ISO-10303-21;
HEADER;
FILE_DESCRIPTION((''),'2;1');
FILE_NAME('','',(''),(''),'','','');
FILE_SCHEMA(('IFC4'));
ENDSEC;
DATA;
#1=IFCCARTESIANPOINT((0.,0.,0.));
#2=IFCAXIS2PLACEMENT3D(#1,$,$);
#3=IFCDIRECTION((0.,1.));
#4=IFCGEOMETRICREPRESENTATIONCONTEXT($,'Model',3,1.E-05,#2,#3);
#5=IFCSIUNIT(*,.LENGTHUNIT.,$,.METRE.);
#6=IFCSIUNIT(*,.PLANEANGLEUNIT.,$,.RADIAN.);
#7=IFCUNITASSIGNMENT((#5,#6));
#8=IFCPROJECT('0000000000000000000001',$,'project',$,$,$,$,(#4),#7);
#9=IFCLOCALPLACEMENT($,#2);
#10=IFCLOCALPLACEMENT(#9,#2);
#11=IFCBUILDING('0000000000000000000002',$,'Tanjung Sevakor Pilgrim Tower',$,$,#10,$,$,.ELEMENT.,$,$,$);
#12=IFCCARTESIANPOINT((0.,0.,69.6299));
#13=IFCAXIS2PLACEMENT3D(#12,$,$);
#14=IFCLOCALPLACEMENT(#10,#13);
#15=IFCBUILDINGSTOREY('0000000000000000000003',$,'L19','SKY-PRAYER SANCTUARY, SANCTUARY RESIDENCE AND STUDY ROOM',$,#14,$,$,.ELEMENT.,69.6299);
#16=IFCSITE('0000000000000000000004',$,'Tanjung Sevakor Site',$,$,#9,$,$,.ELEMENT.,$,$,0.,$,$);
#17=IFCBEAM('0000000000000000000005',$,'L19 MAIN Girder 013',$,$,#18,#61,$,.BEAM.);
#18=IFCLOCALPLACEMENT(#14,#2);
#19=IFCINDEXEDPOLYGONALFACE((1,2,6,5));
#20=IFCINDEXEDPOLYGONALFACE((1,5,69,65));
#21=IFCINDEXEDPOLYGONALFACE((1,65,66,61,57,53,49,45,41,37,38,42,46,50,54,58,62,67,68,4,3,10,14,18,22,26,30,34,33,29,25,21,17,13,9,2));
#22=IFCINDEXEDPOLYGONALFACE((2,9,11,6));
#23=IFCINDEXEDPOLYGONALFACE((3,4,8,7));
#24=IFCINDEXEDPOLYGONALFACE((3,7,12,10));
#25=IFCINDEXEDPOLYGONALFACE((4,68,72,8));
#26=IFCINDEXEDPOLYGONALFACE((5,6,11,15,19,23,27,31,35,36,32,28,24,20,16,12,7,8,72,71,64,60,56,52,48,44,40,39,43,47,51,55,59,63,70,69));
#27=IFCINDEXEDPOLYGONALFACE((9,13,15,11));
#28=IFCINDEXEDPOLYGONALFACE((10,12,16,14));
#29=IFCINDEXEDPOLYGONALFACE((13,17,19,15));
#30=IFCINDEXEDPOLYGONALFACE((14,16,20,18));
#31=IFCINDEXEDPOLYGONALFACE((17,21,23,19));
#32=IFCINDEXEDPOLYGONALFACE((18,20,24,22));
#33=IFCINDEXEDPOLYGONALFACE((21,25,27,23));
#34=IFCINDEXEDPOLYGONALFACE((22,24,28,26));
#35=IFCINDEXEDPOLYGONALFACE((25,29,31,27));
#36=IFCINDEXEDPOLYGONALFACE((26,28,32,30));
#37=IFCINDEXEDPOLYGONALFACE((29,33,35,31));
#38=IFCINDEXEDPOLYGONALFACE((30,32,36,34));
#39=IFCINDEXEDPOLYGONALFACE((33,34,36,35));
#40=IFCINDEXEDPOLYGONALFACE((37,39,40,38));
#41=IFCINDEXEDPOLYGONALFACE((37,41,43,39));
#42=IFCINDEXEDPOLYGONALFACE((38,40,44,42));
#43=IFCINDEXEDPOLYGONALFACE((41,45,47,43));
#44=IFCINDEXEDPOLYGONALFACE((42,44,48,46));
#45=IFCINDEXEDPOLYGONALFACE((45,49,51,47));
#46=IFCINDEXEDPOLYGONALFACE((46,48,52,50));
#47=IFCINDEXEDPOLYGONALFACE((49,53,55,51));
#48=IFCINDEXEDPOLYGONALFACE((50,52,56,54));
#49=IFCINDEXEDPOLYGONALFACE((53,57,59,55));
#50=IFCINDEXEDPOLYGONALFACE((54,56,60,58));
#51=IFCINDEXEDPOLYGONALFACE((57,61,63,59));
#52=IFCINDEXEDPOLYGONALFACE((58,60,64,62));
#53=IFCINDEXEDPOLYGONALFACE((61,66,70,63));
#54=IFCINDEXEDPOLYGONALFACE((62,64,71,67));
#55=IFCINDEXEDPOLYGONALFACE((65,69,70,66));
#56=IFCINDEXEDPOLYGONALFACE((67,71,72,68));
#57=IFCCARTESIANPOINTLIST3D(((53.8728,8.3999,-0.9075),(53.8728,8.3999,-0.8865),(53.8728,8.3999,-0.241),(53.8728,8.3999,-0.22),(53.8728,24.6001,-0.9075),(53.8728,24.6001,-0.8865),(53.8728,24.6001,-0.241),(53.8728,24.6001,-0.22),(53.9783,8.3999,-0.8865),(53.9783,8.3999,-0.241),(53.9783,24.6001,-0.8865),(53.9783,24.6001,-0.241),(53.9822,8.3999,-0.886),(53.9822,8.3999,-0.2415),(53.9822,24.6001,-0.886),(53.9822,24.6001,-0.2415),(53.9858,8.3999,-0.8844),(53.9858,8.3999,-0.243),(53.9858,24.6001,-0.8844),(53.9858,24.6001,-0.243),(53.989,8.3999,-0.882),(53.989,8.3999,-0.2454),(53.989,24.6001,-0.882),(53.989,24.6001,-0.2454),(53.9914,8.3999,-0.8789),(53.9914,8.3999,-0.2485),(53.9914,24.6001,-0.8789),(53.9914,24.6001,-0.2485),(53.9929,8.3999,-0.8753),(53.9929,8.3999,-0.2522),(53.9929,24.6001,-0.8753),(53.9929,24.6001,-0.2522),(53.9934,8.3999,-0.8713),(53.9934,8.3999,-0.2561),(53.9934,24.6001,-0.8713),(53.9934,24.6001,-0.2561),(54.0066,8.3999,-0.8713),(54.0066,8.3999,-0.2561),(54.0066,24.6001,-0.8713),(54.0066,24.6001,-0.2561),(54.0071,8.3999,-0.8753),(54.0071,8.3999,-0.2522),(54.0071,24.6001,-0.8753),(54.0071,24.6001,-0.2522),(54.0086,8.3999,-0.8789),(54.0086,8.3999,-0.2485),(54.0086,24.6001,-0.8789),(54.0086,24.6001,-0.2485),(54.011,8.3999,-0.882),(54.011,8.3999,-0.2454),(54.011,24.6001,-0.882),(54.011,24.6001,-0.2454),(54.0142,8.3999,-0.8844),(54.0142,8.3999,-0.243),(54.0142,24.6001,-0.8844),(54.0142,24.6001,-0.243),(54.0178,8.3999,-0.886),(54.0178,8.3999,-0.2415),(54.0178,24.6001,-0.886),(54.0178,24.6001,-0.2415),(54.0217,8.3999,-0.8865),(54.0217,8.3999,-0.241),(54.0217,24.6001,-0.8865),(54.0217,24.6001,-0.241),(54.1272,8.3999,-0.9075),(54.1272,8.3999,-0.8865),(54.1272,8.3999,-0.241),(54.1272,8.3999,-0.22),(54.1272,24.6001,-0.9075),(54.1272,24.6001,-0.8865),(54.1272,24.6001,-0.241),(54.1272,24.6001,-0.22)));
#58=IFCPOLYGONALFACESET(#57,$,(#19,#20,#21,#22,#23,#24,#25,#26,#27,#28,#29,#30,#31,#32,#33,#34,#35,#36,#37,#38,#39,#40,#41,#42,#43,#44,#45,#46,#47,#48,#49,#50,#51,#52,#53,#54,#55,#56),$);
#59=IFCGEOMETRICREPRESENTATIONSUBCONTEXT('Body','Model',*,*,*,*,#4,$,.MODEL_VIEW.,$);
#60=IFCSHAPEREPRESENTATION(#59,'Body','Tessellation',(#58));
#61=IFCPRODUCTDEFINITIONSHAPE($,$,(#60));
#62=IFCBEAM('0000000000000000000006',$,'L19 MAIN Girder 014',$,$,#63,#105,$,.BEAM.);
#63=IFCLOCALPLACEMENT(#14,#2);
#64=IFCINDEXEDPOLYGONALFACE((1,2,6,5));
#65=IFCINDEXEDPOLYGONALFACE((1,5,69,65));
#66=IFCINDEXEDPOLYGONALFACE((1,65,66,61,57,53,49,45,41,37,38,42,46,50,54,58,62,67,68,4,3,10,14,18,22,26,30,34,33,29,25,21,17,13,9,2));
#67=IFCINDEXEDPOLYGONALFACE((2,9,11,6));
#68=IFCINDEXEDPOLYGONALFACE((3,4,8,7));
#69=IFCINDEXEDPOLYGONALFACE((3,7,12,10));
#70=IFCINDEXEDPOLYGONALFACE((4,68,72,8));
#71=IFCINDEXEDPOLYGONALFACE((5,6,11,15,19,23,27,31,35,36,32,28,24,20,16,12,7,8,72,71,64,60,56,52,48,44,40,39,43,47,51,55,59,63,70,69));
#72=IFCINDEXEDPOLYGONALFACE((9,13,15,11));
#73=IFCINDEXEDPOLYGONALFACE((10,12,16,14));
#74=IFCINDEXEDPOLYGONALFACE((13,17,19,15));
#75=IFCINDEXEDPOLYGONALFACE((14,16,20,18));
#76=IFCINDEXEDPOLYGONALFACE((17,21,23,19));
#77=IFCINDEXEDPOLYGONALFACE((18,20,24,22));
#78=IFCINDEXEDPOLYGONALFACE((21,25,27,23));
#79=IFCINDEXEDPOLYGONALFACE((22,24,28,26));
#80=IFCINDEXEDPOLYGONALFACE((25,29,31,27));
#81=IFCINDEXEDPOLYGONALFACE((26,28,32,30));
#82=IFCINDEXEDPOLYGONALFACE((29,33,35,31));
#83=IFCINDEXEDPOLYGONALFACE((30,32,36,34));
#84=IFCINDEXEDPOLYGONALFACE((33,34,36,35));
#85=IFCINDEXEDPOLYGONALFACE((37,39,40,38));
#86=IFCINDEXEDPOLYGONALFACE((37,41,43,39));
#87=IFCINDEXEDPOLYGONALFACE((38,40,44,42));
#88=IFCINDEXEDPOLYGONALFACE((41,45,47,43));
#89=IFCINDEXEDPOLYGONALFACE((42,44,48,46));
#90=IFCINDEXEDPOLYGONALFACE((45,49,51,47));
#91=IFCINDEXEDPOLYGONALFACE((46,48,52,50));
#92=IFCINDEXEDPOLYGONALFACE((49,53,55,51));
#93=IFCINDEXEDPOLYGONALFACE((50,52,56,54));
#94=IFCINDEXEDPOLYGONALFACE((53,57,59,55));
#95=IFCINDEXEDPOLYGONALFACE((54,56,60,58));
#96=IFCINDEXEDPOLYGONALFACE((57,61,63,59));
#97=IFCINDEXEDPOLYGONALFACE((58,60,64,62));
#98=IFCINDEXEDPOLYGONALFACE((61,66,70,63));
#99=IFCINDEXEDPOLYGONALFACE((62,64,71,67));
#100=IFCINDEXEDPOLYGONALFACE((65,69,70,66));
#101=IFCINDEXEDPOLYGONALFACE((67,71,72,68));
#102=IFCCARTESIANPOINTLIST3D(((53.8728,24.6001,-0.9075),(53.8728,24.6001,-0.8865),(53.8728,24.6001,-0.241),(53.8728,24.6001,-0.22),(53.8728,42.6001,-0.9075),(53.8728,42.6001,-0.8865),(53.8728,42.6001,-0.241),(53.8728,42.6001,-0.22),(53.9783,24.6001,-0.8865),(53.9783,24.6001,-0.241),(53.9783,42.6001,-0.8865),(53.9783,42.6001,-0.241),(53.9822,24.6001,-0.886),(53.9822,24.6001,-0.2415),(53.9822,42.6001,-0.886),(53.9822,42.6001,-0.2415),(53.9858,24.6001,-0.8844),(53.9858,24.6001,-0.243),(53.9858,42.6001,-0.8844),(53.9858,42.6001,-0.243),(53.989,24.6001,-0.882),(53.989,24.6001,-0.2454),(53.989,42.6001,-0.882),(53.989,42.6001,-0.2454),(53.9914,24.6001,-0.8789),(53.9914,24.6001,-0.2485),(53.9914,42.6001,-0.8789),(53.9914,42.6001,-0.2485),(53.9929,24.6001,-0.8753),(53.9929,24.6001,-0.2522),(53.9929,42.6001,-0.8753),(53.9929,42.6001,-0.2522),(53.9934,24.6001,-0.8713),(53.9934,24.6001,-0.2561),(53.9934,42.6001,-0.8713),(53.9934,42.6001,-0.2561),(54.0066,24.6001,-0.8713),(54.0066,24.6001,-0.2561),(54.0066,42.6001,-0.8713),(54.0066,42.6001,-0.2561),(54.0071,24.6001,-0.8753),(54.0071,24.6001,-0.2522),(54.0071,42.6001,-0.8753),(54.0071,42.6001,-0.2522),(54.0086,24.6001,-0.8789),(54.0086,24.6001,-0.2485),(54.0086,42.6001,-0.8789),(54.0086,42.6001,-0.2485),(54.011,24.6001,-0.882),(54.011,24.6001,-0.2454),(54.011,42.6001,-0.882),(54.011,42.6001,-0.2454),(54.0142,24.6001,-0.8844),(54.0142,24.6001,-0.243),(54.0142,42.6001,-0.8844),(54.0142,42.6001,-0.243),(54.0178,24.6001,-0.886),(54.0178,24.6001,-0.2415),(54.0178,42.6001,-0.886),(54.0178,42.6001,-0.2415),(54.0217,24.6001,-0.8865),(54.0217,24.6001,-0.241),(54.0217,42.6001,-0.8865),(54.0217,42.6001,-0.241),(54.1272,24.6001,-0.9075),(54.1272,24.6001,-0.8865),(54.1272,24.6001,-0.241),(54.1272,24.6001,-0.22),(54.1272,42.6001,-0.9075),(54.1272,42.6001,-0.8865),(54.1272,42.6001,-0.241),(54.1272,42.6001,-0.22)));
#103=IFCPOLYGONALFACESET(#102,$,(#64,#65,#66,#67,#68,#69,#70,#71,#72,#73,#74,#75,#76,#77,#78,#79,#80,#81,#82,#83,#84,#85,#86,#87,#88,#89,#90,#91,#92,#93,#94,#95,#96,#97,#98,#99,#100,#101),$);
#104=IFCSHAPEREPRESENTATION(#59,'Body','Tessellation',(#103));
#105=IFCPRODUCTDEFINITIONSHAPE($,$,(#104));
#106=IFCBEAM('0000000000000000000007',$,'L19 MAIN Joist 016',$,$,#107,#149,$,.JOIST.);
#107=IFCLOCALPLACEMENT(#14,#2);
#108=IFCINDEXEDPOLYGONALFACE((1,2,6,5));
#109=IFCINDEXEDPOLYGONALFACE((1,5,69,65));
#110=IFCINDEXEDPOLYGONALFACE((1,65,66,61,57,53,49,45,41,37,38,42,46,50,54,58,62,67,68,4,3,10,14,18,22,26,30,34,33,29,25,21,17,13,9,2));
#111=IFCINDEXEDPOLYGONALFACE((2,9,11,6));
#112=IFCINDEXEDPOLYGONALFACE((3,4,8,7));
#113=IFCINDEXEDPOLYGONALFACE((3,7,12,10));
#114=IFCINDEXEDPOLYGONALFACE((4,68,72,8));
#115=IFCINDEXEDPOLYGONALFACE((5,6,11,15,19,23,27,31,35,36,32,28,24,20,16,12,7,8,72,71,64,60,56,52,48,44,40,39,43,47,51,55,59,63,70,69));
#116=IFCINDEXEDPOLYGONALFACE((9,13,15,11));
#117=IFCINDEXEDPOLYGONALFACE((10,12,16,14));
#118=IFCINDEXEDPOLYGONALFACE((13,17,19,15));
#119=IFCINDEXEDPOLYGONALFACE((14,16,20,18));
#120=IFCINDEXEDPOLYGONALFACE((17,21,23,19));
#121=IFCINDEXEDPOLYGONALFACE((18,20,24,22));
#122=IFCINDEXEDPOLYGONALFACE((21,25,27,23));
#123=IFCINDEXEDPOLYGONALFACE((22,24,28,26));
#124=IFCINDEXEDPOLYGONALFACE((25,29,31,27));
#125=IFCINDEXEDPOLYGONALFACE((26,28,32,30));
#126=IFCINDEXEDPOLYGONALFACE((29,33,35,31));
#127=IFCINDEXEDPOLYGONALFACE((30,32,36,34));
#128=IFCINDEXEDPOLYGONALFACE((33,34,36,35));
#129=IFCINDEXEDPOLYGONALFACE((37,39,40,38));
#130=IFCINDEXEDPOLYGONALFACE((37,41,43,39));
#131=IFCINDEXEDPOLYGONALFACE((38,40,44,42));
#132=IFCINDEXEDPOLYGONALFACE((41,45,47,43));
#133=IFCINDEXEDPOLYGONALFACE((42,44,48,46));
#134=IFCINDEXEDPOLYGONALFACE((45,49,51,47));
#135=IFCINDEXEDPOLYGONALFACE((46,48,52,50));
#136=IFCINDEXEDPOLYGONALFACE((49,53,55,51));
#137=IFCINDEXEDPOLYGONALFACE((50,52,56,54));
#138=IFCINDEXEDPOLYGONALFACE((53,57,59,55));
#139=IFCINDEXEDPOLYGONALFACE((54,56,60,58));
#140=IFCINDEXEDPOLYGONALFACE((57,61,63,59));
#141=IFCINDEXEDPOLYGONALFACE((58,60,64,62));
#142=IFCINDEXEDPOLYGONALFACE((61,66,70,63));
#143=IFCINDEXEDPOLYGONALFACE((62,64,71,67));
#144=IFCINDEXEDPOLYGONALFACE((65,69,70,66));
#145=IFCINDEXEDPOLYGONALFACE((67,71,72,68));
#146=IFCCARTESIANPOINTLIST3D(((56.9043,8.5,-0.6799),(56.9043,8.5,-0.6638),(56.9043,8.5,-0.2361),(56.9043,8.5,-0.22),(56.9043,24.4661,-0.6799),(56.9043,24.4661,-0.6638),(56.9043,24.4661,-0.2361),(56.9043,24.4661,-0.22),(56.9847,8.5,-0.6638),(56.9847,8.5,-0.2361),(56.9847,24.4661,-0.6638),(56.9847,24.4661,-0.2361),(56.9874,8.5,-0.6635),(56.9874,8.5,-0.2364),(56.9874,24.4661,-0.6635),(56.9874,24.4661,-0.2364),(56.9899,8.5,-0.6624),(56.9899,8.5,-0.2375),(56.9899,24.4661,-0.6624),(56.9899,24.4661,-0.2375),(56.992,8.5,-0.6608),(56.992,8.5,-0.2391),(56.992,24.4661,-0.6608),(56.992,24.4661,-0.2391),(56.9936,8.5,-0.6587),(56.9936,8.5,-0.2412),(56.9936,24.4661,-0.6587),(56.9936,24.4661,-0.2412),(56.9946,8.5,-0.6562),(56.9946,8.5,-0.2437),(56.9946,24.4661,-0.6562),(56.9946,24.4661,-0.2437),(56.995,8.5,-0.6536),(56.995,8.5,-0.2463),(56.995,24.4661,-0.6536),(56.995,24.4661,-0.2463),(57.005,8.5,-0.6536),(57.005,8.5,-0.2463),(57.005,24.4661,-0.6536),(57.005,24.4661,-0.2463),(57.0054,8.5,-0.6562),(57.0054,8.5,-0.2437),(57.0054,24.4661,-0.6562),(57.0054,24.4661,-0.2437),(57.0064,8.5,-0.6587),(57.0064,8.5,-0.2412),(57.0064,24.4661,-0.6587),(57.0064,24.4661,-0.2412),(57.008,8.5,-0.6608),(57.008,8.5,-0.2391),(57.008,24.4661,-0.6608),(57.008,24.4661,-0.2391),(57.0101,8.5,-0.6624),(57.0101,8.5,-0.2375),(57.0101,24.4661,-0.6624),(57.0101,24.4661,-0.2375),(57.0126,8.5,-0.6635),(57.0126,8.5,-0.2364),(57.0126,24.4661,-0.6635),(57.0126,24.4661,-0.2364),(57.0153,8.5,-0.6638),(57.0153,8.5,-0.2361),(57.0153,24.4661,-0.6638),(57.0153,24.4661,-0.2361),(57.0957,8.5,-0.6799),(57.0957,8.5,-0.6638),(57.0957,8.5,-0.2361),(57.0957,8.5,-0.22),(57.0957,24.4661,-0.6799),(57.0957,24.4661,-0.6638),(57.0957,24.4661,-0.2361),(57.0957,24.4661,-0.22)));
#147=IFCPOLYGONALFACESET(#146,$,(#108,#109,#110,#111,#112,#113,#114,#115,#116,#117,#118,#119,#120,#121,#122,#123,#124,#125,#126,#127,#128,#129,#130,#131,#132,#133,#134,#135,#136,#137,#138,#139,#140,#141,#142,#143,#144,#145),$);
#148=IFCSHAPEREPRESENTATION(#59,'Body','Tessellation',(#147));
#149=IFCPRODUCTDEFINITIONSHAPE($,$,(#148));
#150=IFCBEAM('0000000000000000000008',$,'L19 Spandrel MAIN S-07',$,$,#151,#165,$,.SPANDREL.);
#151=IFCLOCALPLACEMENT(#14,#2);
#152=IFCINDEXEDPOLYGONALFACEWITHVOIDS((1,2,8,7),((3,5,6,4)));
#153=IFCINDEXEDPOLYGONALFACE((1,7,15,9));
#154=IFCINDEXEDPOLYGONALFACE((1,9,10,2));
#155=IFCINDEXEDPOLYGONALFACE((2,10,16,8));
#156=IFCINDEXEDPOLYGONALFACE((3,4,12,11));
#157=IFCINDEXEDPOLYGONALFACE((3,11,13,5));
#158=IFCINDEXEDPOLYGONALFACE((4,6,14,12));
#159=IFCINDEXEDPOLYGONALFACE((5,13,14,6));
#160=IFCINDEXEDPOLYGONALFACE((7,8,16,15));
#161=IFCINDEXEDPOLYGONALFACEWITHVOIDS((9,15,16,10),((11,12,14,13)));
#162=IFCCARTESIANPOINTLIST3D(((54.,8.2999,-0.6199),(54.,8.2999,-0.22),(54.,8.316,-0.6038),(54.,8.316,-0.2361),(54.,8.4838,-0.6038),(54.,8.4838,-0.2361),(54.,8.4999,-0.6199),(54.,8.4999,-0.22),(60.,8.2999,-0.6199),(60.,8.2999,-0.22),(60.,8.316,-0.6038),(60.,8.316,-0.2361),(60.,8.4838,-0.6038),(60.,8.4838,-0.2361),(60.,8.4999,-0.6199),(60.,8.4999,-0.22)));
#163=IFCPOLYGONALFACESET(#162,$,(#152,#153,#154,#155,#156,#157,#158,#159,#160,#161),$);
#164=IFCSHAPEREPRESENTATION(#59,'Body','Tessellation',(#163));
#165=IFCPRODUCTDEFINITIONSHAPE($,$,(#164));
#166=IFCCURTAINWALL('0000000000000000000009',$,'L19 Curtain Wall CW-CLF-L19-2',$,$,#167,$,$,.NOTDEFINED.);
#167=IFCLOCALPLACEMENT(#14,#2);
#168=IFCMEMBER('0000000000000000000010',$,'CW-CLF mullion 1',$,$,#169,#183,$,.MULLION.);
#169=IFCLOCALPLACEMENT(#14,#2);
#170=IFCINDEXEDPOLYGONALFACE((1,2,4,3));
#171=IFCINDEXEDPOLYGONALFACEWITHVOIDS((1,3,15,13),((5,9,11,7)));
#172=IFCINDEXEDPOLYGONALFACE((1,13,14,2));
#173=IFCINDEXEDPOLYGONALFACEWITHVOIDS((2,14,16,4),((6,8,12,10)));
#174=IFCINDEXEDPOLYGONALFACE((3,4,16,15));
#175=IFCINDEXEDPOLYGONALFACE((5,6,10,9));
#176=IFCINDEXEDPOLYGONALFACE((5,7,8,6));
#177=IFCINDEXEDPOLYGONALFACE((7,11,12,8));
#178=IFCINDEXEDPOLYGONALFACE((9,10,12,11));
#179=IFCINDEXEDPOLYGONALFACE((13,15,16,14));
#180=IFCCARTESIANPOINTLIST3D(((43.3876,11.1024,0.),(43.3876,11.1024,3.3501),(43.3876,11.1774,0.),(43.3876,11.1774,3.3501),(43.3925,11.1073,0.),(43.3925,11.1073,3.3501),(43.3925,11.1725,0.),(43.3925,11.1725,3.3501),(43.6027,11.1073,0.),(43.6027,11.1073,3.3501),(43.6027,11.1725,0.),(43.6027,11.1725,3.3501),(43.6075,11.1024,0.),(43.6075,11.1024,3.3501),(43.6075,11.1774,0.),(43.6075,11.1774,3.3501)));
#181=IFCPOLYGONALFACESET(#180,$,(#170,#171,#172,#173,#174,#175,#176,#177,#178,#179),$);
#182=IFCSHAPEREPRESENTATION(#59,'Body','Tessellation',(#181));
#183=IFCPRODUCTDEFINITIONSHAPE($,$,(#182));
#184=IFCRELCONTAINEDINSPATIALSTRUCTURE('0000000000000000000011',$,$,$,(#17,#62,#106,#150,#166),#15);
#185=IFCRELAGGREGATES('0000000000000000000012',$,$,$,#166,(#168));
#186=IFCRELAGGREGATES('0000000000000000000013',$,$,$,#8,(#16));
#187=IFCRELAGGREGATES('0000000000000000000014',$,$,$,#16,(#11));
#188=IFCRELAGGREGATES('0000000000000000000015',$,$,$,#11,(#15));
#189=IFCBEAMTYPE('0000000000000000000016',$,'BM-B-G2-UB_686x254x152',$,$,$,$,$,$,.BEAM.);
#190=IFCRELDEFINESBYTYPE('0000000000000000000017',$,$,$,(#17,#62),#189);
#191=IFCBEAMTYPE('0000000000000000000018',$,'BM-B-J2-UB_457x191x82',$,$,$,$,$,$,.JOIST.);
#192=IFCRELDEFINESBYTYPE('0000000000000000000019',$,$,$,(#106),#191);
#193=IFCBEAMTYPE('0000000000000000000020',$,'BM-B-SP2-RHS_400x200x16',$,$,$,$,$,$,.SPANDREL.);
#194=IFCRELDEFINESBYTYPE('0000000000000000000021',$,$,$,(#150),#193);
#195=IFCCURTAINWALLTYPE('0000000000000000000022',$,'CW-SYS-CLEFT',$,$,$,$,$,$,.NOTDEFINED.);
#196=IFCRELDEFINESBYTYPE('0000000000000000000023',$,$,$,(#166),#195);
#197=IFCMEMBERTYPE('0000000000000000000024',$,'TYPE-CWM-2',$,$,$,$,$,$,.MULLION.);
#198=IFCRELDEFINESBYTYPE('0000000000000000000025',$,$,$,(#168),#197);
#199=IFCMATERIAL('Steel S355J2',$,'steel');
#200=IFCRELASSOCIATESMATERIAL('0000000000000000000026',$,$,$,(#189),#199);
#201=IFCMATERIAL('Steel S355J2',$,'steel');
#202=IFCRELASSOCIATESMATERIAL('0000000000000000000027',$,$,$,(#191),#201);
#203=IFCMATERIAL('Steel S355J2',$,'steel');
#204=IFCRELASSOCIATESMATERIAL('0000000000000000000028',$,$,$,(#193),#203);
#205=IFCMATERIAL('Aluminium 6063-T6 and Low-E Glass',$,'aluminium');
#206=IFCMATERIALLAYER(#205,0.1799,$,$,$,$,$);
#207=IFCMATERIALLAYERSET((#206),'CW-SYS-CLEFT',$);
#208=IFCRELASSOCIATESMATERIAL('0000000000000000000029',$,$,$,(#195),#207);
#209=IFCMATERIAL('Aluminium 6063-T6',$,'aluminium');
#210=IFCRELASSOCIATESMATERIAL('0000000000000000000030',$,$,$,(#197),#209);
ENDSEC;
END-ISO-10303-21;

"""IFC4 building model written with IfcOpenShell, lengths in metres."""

from ifc_helpers import new_model, si_unit, direction, frame, origin, origin_2d, place, context, subcontext, project, spatial, hollow_rectangle, i_section, extrude, material, layer, layer_set, material_profile, profile_set, type_object, element, aggregate, save


model = new_model("IFC4")

# Units and contexts
model_context = context("Model", 3, precision=1e-05, world=origin(), true_north=direction((0.0, 1.0)))
body_context = subcontext(model_context, "Body", "Model", "MODEL_VIEW")
ifc_project = project(units=[si_unit("LENGTHUNIT", "METRE"), si_unit("PLANEANGLEUNIT", "RADIAN")], contexts=[model_context])

# Site, building, storey
site_placement = place(None, origin())
site = spatial("IfcSite", under=ifc_project, at=site_placement, Name="Tanjung Sevakor Site", CompositionType="ELEMENT", RefElevation=0.0)
building_placement = place(site_placement, origin())
building = spatial("IfcBuilding", under=site, at=building_placement, Name="Tanjung Sevakor Pilgrim Tower", CompositionType="ELEMENT")
storey_placement = place(building_placement, frame((0.0, 0.0, 69.6299)))
storey = spatial("IfcBuildingStorey", under=building, at=storey_placement, Name="L19", Description="SKY-PRAYER SANCTUARY, SANCTUARY RESIDENCE AND STUDY ROOM", CompositionType="ELEMENT", Elevation=69.6299)

# Beams
ifc_material_1 = material(Name="Steel S355J2", Category="steel")
ifc_material_profile_1 = material_profile(ifc_material_1, i_section(OverallWidth=0.2544, OverallDepth=0.6875, WebThickness=0.0132, FlangeThickness=0.021, FilletRadius=0.0151, at=origin_2d()))
ifc_profile_set_1 = profile_set([ifc_material_profile_1], Name="Steel S355J2")
beam_type_1 = type_object("IfcBeamType", Name="BM-B-G2-UB_686x254x152", PredefinedType="BEAM", material=ifc_profile_set_1)
beam_1_placement = place(storey_placement, frame((54.0, 8.3999, -0.5637), z_axis=(0.0, 1.0, 0.0), x_axis=(-1.0, 0.0, 0.0)))
element("IfcBeam", 1, at=beam_1_placement, inside=storey, type_object=beam_type_1, Name="L19 MAIN Girder 013", PredefinedType="BEAM", context=body_context, shape_type="SweptSolid", body=[
    extrude(i_section(OverallWidth=0.2544, OverallDepth=0.6875, WebThickness=0.0132, FlangeThickness=0.021, FilletRadius=0.0151, at=origin_2d()), origin(), (0.0, 0.0, 1.0), 16.2002),
])
beam_2_placement = place(storey_placement, frame((54.0, 24.6001, -0.5637), z_axis=(0.0, 1.0, 0.0), x_axis=(-1.0, 0.0, 0.0)))
element("IfcBeam", 2, at=beam_2_placement, inside=storey, type_object=beam_type_1, Name="L19 MAIN Girder 014", PredefinedType="BEAM", context=body_context, shape_type="SweptSolid", body=[
    extrude(i_section(OverallWidth=0.2544, OverallDepth=0.6875, WebThickness=0.0132, FlangeThickness=0.021, FilletRadius=0.0151, at=origin_2d()), origin(), (0.0, 0.0, 1.0), 18.0),
])
ifc_material_2 = material(Name="Steel S355J2", Category="steel")
ifc_material_profile_2 = material_profile(ifc_material_2, i_section(OverallWidth=0.1914, OverallDepth=0.46, WebThickness=0.01, FlangeThickness=0.0161, FilletRadius=0.0103, at=origin_2d()))
ifc_profile_set_2 = profile_set([ifc_material_profile_2], Name="Steel S355J2")
beam_type_2 = type_object("IfcBeamType", Name="BM-B-J2-UB_457x191x82", PredefinedType="JOIST", material=ifc_profile_set_2)
beam_3_placement = place(storey_placement, frame((57.0, 8.5, -0.45), z_axis=(0.0, 1.0, 0.0), x_axis=(-1.0, 0.0, 0.0)))
element("IfcBeam", 3, at=beam_3_placement, inside=storey, type_object=beam_type_2, Name="L19 MAIN Joist 016", PredefinedType="JOIST", context=body_context, shape_type="SweptSolid", body=[
    extrude(i_section(OverallWidth=0.1914, OverallDepth=0.46, WebThickness=0.01, FlangeThickness=0.0161, FilletRadius=0.0103, at=origin_2d()), origin(), (0.0, 0.0, 1.0), 15.9661),
])
ifc_material_3 = material(Name="Steel S355J2", Category="steel")
ifc_material_profile_3 = material_profile(ifc_material_3, hollow_rectangle(XDim=0.2, YDim=0.3999, WallThickness=0.0161, at=origin_2d()))
ifc_profile_set_3 = profile_set([ifc_material_profile_3], Name="Steel S355J2")
beam_type_3 = type_object("IfcBeamType", Name="BM-B-SP2-RHS_400x200x16", PredefinedType="SPANDREL", material=ifc_profile_set_3)
beam_4_placement = place(storey_placement, frame((54.0, 8.3999, -0.4199), z_axis=(1.0, 0.0, 0.0), x_axis=(0.0, 1.0, 0.0)))
element("IfcBeam", 4, at=beam_4_placement, inside=storey, type_object=beam_type_3, Name="L19 Spandrel MAIN S-07", PredefinedType="SPANDREL", context=body_context, shape_type="SweptSolid", body=[
    extrude(hollow_rectangle(XDim=0.2, YDim=0.3999, WallThickness=0.0161, at=origin_2d()), origin(), (0.0, 0.0, 1.0), 6.0),
])

# Curtain wall, member
ifc_material_4 = material(Name="Aluminium 6063-T6 and Low-E Glass", Category="aluminium")
ifc_layer_1 = layer(ifc_material_4, 0.1799)
ifc_layer_set_1 = layer_set([ifc_layer_1], Name="CW-SYS-CLEFT")
curtain_wall_type = type_object("IfcCurtainWallType", Name="CW-SYS-CLEFT", PredefinedType="NOTDEFINED", material=ifc_layer_set_1)
curtain_wall_placement = place(storey_placement, origin())
curtain_wall = element("IfcCurtainWall", 5, at=curtain_wall_placement, inside=storey, type_object=curtain_wall_type, Name="L19 Curtain Wall CW-CLF-L19-2", PredefinedType="NOTDEFINED")
ifc_material_5 = material(Name="Aluminium 6063-T6", Category="aluminium")
ifc_material_profile_4 = material_profile(ifc_material_5, hollow_rectangle(XDim=0.075, YDim=0.22, WallThickness=0.0049, at=origin_2d()))
ifc_profile_set_4 = profile_set([ifc_material_profile_4], Name="Aluminium 6063-T6")
member_type_1 = type_object("IfcMemberType", Name="TYPE-CWM-2", PredefinedType="MULLION", material=ifc_profile_set_4)
member_1_placement = place(storey_placement, frame((43.4976, 11.1399, 0.0), z_axis=(0.0, 0.0, 1.0), x_axis=(0.0, 1.0, 0.0)))
member_1 = element("IfcMember", 6, at=member_1_placement, type_object=member_type_1, Name="CW-CLF mullion 1", PredefinedType="MULLION", context=body_context, shape_type="SweptSolid", body=[
    extrude(hollow_rectangle(XDim=0.075, YDim=0.22, WallThickness=0.0049, at=origin_2d()), origin(), (0.0, 0.0, 1.0), 3.3501),
])
aggregate(curtain_wall, [member_1])

save(model, "model.ifc")
